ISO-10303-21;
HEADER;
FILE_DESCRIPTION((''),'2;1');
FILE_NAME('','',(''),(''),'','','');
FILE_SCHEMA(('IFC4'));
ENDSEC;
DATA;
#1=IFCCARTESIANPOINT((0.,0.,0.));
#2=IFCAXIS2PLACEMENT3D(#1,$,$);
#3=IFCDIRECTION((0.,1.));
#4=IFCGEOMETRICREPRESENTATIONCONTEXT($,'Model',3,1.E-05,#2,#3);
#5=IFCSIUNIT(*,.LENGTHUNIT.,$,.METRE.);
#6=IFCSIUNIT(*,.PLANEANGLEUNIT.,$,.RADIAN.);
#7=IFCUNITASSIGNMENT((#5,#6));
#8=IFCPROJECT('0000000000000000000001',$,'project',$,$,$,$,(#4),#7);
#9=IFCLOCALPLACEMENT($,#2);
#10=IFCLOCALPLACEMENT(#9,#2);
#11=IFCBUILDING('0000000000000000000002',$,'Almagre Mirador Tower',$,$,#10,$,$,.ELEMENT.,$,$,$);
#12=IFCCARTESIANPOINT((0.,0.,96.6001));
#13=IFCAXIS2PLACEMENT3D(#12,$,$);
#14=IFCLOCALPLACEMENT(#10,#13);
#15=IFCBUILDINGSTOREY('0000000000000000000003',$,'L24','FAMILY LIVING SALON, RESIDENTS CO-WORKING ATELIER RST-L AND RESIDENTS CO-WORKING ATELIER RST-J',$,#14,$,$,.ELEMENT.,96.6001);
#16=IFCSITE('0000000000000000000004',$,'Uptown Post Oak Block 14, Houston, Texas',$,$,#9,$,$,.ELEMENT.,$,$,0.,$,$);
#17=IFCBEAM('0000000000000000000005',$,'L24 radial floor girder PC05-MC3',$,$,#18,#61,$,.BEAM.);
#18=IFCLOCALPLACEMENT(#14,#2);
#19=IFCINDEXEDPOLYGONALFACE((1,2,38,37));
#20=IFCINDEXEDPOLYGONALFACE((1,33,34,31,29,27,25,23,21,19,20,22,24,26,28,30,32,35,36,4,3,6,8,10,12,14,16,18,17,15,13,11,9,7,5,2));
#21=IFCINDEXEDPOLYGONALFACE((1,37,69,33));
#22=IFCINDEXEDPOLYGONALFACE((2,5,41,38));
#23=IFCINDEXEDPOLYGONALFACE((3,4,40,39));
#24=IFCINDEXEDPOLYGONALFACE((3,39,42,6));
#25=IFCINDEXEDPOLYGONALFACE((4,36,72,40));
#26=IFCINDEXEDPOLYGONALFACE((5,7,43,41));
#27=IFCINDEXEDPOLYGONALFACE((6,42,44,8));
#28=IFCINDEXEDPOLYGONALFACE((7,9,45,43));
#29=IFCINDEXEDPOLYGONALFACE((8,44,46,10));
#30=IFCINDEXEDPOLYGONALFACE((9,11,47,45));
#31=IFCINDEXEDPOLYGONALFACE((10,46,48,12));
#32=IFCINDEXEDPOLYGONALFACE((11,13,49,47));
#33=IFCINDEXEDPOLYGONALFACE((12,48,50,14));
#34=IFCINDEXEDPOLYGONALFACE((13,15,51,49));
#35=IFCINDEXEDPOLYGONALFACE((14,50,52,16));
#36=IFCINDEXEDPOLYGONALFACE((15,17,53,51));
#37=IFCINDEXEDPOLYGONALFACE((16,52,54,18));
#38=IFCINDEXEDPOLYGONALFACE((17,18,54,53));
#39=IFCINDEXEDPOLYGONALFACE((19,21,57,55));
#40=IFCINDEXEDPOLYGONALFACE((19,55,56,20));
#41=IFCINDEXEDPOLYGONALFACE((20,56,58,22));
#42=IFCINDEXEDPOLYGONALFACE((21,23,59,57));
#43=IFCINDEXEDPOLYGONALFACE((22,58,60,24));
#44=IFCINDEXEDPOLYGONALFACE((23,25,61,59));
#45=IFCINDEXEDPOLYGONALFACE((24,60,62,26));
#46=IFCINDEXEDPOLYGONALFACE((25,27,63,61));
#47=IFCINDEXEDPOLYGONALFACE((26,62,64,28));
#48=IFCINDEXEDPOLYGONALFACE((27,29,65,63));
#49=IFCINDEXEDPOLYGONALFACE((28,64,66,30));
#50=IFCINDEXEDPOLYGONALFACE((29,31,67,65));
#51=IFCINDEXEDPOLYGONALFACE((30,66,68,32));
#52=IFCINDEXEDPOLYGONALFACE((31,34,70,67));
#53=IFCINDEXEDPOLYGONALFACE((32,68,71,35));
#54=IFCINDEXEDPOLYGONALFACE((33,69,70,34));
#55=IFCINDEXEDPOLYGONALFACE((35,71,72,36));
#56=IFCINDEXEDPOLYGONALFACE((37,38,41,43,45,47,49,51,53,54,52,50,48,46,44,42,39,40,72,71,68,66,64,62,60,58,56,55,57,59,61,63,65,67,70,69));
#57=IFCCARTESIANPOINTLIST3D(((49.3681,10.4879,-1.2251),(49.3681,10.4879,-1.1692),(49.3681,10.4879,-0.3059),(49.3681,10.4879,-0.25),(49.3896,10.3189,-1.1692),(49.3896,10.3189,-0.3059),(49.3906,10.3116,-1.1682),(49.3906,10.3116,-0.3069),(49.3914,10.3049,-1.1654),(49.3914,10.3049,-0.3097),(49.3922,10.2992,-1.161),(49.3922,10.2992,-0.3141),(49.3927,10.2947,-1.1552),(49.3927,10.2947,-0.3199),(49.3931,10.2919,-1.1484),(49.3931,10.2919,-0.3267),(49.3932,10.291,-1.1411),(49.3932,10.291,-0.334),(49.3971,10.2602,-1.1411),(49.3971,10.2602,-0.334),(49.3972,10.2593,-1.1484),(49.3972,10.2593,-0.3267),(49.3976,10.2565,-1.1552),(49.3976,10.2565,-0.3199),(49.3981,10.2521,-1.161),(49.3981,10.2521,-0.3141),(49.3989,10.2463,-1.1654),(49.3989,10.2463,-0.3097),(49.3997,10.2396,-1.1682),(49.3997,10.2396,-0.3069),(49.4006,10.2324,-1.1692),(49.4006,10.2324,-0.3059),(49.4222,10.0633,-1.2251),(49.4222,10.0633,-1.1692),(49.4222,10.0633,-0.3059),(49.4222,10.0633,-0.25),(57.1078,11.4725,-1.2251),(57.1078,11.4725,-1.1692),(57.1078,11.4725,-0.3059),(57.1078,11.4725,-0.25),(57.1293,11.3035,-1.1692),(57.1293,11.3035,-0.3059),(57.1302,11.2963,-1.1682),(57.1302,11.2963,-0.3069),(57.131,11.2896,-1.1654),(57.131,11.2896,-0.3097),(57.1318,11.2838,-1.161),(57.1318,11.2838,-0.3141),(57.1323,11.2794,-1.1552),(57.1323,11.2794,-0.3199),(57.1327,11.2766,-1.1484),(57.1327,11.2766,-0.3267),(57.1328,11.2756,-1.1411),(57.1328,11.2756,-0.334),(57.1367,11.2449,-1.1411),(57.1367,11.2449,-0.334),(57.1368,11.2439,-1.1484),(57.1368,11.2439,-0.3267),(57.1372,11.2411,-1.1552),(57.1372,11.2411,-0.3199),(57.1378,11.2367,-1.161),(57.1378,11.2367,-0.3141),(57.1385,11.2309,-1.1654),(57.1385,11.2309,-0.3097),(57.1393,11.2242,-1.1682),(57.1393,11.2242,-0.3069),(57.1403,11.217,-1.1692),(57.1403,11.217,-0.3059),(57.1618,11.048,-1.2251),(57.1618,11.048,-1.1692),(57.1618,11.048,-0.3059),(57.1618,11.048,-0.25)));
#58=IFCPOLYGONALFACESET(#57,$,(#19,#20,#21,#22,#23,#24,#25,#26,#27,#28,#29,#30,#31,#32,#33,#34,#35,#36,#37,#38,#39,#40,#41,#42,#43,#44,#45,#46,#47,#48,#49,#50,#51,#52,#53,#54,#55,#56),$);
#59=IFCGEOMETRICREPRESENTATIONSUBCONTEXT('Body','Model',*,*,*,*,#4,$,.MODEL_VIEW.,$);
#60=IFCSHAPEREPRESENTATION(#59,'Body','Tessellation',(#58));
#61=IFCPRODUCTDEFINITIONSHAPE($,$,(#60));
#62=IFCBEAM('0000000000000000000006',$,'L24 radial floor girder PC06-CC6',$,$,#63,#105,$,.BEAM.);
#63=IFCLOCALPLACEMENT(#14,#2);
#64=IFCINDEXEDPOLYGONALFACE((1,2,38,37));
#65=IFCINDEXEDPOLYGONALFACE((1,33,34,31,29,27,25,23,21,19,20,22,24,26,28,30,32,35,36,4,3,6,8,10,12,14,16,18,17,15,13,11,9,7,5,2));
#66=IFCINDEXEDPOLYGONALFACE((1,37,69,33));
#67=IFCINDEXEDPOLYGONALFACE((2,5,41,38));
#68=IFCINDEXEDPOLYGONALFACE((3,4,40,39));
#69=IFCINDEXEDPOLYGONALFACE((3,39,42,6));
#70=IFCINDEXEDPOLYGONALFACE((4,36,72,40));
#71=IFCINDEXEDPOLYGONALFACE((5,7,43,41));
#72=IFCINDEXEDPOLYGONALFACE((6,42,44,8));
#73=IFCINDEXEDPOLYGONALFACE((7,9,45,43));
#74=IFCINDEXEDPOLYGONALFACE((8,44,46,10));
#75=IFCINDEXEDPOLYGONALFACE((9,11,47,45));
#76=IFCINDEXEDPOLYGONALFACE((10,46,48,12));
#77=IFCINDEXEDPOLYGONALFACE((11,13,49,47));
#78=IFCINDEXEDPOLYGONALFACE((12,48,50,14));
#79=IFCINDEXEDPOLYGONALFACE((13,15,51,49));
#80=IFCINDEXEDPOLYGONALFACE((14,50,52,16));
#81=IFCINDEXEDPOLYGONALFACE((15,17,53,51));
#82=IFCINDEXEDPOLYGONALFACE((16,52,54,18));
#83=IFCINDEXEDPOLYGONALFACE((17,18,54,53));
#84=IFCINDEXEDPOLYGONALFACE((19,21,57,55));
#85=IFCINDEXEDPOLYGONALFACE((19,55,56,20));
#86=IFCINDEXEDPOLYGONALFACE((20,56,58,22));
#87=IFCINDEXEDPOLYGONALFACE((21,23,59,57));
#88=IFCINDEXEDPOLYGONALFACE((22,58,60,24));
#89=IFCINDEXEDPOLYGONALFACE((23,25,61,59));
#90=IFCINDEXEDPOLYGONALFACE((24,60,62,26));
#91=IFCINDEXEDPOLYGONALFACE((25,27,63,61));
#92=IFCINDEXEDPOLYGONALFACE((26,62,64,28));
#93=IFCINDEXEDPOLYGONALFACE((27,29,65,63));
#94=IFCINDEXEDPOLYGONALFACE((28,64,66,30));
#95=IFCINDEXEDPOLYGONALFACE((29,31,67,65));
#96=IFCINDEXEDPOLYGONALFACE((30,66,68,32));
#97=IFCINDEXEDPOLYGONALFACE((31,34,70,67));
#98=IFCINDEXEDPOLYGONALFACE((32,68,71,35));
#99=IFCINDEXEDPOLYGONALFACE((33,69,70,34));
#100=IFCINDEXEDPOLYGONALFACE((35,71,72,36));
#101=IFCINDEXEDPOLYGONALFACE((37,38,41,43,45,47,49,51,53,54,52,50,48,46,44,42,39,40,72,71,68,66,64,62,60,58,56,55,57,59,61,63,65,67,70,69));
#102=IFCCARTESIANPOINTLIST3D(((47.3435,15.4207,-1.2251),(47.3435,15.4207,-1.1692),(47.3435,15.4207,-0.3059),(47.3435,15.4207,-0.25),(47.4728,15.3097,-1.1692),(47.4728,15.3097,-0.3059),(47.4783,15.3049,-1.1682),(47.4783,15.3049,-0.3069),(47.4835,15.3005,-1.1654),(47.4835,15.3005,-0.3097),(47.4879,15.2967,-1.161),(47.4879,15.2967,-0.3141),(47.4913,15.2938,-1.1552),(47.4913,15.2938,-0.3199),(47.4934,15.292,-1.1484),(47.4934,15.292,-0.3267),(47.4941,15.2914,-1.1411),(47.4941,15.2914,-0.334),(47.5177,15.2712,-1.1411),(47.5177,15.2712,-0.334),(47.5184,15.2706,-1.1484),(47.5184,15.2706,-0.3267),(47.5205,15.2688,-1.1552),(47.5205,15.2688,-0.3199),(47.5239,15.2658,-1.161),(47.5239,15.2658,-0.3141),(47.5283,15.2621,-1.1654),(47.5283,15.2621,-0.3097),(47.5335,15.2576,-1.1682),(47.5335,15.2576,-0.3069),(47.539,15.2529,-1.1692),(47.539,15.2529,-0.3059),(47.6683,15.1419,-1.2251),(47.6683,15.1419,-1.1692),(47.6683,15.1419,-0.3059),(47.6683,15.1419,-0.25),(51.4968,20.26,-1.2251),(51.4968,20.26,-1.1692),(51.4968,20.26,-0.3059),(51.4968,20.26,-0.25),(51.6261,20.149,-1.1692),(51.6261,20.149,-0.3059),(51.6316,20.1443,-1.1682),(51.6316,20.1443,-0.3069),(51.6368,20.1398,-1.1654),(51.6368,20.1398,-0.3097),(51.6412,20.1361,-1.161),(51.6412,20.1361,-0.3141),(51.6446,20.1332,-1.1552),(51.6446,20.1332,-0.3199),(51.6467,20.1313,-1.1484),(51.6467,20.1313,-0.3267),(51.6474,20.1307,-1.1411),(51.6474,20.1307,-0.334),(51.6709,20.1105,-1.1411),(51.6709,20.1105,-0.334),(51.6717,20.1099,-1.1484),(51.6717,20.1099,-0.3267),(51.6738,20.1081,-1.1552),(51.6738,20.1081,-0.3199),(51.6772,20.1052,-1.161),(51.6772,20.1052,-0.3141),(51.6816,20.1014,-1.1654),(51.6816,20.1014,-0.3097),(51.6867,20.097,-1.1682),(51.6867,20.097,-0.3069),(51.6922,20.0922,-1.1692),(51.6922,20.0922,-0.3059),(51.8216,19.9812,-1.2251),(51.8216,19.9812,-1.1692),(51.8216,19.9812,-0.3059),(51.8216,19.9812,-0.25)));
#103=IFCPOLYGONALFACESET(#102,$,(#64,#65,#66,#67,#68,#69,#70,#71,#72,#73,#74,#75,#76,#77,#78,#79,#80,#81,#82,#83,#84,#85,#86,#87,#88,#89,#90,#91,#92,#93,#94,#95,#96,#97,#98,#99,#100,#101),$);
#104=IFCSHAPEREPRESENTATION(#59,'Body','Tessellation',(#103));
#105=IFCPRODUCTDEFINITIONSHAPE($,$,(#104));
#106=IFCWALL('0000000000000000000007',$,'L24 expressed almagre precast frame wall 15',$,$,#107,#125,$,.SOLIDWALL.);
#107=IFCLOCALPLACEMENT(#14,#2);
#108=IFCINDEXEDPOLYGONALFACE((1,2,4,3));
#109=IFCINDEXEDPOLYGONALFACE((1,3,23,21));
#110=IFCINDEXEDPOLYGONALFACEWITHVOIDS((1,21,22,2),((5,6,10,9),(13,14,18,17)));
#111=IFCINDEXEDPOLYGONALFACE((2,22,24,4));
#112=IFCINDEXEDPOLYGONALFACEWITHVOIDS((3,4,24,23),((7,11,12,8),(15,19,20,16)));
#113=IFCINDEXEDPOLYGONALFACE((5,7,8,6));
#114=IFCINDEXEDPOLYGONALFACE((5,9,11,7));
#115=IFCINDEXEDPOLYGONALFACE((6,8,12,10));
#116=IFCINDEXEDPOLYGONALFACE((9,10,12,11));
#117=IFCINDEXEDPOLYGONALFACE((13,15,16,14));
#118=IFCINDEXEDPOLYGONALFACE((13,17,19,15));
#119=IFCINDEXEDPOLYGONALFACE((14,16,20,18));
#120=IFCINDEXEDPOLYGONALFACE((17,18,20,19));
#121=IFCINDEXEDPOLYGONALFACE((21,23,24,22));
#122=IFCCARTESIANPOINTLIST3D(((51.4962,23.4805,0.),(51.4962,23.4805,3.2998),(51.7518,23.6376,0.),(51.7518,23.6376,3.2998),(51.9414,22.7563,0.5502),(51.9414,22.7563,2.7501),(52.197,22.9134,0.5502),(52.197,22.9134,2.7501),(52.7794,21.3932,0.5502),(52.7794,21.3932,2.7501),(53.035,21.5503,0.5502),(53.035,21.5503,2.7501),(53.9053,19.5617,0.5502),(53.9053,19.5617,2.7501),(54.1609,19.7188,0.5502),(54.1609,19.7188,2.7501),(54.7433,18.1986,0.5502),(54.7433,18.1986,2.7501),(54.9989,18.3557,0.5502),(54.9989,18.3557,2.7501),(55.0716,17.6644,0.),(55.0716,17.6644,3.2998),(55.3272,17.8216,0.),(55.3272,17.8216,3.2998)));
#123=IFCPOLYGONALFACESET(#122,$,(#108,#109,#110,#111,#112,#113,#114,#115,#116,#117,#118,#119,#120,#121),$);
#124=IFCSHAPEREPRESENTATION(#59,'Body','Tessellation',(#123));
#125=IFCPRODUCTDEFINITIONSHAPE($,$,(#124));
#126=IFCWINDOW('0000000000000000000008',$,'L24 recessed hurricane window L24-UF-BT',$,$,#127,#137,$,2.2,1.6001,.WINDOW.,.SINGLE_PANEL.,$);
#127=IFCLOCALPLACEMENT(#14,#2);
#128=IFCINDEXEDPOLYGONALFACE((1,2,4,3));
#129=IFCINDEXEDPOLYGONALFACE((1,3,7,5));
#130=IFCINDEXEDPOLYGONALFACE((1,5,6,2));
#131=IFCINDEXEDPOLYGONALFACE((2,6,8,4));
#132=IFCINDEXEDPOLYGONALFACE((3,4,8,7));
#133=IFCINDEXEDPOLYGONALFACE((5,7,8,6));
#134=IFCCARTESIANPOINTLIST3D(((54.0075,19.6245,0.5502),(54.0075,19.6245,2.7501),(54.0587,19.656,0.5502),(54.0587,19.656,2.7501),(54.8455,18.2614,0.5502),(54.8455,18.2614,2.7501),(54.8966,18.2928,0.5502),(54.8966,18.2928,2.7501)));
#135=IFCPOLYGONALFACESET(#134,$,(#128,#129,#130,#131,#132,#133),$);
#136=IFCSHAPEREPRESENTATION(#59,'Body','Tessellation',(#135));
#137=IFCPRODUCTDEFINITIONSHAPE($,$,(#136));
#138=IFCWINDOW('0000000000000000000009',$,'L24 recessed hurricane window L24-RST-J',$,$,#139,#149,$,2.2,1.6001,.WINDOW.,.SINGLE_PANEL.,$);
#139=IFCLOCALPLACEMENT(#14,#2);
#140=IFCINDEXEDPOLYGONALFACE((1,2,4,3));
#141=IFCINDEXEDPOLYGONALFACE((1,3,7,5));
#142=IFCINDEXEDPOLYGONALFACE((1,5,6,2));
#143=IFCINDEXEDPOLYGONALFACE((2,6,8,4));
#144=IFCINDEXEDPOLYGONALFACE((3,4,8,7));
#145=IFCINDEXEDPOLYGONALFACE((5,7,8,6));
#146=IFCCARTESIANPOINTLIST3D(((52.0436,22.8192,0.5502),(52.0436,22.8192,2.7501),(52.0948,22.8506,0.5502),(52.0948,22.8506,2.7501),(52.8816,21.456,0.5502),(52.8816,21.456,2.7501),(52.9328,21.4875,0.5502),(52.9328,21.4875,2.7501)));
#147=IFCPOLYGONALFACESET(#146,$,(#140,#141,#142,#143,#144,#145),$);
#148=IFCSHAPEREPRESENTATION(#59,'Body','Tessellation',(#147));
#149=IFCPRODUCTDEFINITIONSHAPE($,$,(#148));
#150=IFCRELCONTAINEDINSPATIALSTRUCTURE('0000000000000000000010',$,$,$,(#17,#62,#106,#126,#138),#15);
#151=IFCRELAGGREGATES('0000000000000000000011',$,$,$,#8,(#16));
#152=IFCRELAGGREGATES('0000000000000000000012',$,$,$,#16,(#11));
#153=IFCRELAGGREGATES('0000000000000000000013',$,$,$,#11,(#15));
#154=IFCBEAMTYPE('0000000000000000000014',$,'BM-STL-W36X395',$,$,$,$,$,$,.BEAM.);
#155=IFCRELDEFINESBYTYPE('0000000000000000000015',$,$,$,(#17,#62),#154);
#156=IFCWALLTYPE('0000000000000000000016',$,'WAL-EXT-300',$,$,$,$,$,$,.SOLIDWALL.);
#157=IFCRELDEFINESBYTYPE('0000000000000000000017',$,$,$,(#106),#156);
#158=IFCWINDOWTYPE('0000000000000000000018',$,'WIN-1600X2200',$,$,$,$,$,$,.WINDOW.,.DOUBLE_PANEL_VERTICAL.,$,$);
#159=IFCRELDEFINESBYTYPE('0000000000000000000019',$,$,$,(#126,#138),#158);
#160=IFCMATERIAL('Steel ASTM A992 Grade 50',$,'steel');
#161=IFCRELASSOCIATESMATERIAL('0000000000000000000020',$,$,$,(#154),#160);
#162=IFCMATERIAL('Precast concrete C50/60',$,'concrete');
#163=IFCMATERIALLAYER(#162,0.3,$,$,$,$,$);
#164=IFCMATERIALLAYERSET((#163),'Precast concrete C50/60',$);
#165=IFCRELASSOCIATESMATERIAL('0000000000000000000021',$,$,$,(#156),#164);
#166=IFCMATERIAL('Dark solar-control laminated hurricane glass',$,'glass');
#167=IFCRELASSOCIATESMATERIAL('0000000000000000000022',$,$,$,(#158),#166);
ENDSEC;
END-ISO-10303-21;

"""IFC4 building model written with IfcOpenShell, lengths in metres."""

from ifc_helpers import new_model, si_unit, direction, frame, frame_2d, origin, origin_2d, place, context, subcontext, project, spatial, rectangle, i_section, extrude, material, layer, layer_set, material_profile, profile_set, type_object, element, fill, save


model = new_model("IFC4")

# Units and contexts
model_context = context("Model", 3, precision=1e-05, world=origin(), true_north=direction((0.0, 1.0)))
body_context = subcontext(model_context, "Body", "Model", "MODEL_VIEW")
ifc_project = project(units=[si_unit("LENGTHUNIT", "METRE"), si_unit("PLANEANGLEUNIT", "RADIAN")], contexts=[model_context])

# Site, building, storey
site_placement = place(None, origin())
site = spatial("IfcSite", under=ifc_project, at=site_placement, Name="Uptown Post Oak Block 14, Houston, Texas", CompositionType="ELEMENT", RefElevation=0.0)
building_placement = place(site_placement, origin())
building = spatial("IfcBuilding", under=site, at=building_placement, Name="Almagre Mirador Tower", CompositionType="ELEMENT")
storey_placement = place(building_placement, frame((0.0, 0.0, 96.6001)))
storey = spatial("IfcBuildingStorey", under=building, at=storey_placement, Name="L24", Description="FAMILY LIVING SALON, RESIDENTS CO-WORKING ATELIER RST-L AND RESIDENTS CO-WORKING ATELIER RST-J", CompositionType="ELEMENT", Elevation=96.6001)

# Beams
ifc_material_1 = material(Name="Steel ASTM A992 Grade 50", Category="steel")
ifc_material_profile_1 = material_profile(ifc_material_1, i_section(OverallWidth=0.428, OverallDepth=0.9751, WebThickness=0.031, FlangeThickness=0.0559, FilletRadius=0.0281, at=origin_2d()), Name="W36X395")
ifc_profile_set_1 = profile_set([ifc_material_profile_1], Name="Steel ASTM A992 Grade 50")
beam_type_1 = type_object("IfcBeamType", Name="BM-STL-W36X395", PredefinedType="BEAM", material=ifc_profile_set_1)
beam_1_placement = place(storey_placement, frame((57.1348, 11.2603, -0.7375), z_axis=(-0.992004, -0.126203, 0.0), x_axis=(0.126203, -0.992004, 0.0)))
element("IfcBeam", 1, at=beam_1_placement, inside=storey, type_object=beam_type_1, Name="L24 radial floor girder PC05-MC3", PredefinedType="BEAM", context=body_context, shape_type="SweptSolid", body=[
    extrude(i_section(OverallWidth=0.428, OverallDepth=0.9751, WebThickness=0.031, FlangeThickness=0.0559, FilletRadius=0.0281, at=origin_2d()), origin(), (0.0, 0.0, 1.0), 7.802),
])
beam_2_placement = place(storey_placement, frame((51.6592, 20.1206, -0.7375), z_axis=(-0.65127, -0.758846, 0.0), x_axis=(0.758846, -0.65127, 0.0)))
element("IfcBeam", 2, at=beam_2_placement, inside=storey, type_object=beam_type_1, Name="L24 radial floor girder PC06-CC6", PredefinedType="BEAM", context=body_context, shape_type="SweptSolid", body=[
    extrude(i_section(OverallWidth=0.428, OverallDepth=0.9751, WebThickness=0.031, FlangeThickness=0.0559, FilletRadius=0.0281, at=origin_2d()), origin(), (0.0, 0.0, 1.0), 6.3772),
])

# Wall, openings, windows
ifc_material_2 = material(Name="Precast concrete C50/60", Category="concrete")
ifc_layer_1 = layer(ifc_material_2, 0.3)
ifc_layer_set_1 = layer_set([ifc_layer_1], Name="Precast concrete C50/60")
wall_type_1 = type_object("IfcWallType", Name="WAL-EXT-300", PredefinedType="SOLIDWALL", material=ifc_layer_set_1)
wall_1_placement = place(storey_placement, frame((51.624, 23.5591, 0.0), z_axis=(0.0, 0.0, 1.0), x_axis=(0.5237, -0.851903, 0.0)))
wall_1 = element("IfcWall", 3, at=wall_1_placement, inside=storey, type_object=wall_type_1, Name="L24 expressed almagre precast frame wall 15", PredefinedType="SOLIDWALL", context=body_context, shape_type="SweptSolid", body=[
    extrude(rectangle(XDim=6.8271, YDim=0.3, at=frame_2d((3.4136, 0.0))), origin(), (0.0, 0.0, 1.0), 3.2998),
])
opening_1_placement = place(wall_1_placement, frame((4.6001, 0.0, 0.55)))
opening_1 = element("IfcOpeningElement", 4, at=opening_1_placement, cuts=wall_1, PredefinedType="OPENING", context=body_context, shape_type="SweptSolid", body=[
    extrude(rectangle(XDim=1.6001, YDim=2.2, at=frame_2d((0.8, 1.1001))), frame((0.0, 0.1599, 0.0), z_axis=(0.0, -1.0, 0.0), x_axis=(1.0, 0.0, 0.0)), (0.0, 0.0, 1.0), 0.32),
])
opening_2_placement = place(wall_1_placement, frame((0.8501, 0.0, 0.55)))
opening_2 = element("IfcOpeningElement", 5, at=opening_2_placement, cuts=wall_1, PredefinedType="OPENING", context=body_context, shape_type="SweptSolid", body=[
    extrude(rectangle(XDim=1.6001, YDim=2.2, at=frame_2d((0.8, 1.1001))), frame((0.0, 0.1599, 0.0), z_axis=(0.0, -1.0, 0.0), x_axis=(1.0, 0.0, 0.0)), (0.0, 0.0, 1.0), 0.32),
])
ifc_material_3 = material(Name="Dark solar-control laminated hurricane glass", Category="glass")
window_type_1 = type_object("IfcWindowType", Name="WIN-1600X2200", PartitioningType="DOUBLE_PANEL_VERTICAL", PredefinedType="WINDOW", material=ifc_material_3)
window_1_placement = place(opening_1_placement, origin())
window_1 = element("IfcWindow", 6, at=window_1_placement, inside=storey, type_object=window_type_1, Name="L24 recessed hurricane window L24-UF-BT", OverallHeight=2.2, OverallWidth=1.6001, PartitioningType="SINGLE_PANEL", PredefinedType="WINDOW", context=body_context, shape_type="SweptSolid", body=[
    extrude(rectangle(XDim=1.6001, YDim=2.2, at=frame_2d((0.8, 1.1001))), frame((0.0, 0.03, 0.0), z_axis=(0.0, -1.0, 0.0), x_axis=(1.0, 0.0, 0.0)), (0.0, 0.0, 1.0), 0.0601),
])
fill(opening_1, window_1)
window_2_placement = place(opening_2_placement, origin())
window_2 = element("IfcWindow", 7, at=window_2_placement, inside=storey, type_object=window_type_1, Name="L24 recessed hurricane window L24-RST-J", OverallHeight=2.2, OverallWidth=1.6001, PartitioningType="SINGLE_PANEL", PredefinedType="WINDOW", context=body_context, shape_type="SweptSolid", body=[
    extrude(rectangle(XDim=1.6001, YDim=2.2, at=frame_2d((0.8, 1.1001))), frame((0.0, 0.03, 0.0), z_axis=(0.0, -1.0, 0.0), x_axis=(1.0, 0.0, 0.0)), (0.0, 0.0, 1.0), 0.0601),
])
fill(opening_2, window_2)

save(model, "model.ifc")
